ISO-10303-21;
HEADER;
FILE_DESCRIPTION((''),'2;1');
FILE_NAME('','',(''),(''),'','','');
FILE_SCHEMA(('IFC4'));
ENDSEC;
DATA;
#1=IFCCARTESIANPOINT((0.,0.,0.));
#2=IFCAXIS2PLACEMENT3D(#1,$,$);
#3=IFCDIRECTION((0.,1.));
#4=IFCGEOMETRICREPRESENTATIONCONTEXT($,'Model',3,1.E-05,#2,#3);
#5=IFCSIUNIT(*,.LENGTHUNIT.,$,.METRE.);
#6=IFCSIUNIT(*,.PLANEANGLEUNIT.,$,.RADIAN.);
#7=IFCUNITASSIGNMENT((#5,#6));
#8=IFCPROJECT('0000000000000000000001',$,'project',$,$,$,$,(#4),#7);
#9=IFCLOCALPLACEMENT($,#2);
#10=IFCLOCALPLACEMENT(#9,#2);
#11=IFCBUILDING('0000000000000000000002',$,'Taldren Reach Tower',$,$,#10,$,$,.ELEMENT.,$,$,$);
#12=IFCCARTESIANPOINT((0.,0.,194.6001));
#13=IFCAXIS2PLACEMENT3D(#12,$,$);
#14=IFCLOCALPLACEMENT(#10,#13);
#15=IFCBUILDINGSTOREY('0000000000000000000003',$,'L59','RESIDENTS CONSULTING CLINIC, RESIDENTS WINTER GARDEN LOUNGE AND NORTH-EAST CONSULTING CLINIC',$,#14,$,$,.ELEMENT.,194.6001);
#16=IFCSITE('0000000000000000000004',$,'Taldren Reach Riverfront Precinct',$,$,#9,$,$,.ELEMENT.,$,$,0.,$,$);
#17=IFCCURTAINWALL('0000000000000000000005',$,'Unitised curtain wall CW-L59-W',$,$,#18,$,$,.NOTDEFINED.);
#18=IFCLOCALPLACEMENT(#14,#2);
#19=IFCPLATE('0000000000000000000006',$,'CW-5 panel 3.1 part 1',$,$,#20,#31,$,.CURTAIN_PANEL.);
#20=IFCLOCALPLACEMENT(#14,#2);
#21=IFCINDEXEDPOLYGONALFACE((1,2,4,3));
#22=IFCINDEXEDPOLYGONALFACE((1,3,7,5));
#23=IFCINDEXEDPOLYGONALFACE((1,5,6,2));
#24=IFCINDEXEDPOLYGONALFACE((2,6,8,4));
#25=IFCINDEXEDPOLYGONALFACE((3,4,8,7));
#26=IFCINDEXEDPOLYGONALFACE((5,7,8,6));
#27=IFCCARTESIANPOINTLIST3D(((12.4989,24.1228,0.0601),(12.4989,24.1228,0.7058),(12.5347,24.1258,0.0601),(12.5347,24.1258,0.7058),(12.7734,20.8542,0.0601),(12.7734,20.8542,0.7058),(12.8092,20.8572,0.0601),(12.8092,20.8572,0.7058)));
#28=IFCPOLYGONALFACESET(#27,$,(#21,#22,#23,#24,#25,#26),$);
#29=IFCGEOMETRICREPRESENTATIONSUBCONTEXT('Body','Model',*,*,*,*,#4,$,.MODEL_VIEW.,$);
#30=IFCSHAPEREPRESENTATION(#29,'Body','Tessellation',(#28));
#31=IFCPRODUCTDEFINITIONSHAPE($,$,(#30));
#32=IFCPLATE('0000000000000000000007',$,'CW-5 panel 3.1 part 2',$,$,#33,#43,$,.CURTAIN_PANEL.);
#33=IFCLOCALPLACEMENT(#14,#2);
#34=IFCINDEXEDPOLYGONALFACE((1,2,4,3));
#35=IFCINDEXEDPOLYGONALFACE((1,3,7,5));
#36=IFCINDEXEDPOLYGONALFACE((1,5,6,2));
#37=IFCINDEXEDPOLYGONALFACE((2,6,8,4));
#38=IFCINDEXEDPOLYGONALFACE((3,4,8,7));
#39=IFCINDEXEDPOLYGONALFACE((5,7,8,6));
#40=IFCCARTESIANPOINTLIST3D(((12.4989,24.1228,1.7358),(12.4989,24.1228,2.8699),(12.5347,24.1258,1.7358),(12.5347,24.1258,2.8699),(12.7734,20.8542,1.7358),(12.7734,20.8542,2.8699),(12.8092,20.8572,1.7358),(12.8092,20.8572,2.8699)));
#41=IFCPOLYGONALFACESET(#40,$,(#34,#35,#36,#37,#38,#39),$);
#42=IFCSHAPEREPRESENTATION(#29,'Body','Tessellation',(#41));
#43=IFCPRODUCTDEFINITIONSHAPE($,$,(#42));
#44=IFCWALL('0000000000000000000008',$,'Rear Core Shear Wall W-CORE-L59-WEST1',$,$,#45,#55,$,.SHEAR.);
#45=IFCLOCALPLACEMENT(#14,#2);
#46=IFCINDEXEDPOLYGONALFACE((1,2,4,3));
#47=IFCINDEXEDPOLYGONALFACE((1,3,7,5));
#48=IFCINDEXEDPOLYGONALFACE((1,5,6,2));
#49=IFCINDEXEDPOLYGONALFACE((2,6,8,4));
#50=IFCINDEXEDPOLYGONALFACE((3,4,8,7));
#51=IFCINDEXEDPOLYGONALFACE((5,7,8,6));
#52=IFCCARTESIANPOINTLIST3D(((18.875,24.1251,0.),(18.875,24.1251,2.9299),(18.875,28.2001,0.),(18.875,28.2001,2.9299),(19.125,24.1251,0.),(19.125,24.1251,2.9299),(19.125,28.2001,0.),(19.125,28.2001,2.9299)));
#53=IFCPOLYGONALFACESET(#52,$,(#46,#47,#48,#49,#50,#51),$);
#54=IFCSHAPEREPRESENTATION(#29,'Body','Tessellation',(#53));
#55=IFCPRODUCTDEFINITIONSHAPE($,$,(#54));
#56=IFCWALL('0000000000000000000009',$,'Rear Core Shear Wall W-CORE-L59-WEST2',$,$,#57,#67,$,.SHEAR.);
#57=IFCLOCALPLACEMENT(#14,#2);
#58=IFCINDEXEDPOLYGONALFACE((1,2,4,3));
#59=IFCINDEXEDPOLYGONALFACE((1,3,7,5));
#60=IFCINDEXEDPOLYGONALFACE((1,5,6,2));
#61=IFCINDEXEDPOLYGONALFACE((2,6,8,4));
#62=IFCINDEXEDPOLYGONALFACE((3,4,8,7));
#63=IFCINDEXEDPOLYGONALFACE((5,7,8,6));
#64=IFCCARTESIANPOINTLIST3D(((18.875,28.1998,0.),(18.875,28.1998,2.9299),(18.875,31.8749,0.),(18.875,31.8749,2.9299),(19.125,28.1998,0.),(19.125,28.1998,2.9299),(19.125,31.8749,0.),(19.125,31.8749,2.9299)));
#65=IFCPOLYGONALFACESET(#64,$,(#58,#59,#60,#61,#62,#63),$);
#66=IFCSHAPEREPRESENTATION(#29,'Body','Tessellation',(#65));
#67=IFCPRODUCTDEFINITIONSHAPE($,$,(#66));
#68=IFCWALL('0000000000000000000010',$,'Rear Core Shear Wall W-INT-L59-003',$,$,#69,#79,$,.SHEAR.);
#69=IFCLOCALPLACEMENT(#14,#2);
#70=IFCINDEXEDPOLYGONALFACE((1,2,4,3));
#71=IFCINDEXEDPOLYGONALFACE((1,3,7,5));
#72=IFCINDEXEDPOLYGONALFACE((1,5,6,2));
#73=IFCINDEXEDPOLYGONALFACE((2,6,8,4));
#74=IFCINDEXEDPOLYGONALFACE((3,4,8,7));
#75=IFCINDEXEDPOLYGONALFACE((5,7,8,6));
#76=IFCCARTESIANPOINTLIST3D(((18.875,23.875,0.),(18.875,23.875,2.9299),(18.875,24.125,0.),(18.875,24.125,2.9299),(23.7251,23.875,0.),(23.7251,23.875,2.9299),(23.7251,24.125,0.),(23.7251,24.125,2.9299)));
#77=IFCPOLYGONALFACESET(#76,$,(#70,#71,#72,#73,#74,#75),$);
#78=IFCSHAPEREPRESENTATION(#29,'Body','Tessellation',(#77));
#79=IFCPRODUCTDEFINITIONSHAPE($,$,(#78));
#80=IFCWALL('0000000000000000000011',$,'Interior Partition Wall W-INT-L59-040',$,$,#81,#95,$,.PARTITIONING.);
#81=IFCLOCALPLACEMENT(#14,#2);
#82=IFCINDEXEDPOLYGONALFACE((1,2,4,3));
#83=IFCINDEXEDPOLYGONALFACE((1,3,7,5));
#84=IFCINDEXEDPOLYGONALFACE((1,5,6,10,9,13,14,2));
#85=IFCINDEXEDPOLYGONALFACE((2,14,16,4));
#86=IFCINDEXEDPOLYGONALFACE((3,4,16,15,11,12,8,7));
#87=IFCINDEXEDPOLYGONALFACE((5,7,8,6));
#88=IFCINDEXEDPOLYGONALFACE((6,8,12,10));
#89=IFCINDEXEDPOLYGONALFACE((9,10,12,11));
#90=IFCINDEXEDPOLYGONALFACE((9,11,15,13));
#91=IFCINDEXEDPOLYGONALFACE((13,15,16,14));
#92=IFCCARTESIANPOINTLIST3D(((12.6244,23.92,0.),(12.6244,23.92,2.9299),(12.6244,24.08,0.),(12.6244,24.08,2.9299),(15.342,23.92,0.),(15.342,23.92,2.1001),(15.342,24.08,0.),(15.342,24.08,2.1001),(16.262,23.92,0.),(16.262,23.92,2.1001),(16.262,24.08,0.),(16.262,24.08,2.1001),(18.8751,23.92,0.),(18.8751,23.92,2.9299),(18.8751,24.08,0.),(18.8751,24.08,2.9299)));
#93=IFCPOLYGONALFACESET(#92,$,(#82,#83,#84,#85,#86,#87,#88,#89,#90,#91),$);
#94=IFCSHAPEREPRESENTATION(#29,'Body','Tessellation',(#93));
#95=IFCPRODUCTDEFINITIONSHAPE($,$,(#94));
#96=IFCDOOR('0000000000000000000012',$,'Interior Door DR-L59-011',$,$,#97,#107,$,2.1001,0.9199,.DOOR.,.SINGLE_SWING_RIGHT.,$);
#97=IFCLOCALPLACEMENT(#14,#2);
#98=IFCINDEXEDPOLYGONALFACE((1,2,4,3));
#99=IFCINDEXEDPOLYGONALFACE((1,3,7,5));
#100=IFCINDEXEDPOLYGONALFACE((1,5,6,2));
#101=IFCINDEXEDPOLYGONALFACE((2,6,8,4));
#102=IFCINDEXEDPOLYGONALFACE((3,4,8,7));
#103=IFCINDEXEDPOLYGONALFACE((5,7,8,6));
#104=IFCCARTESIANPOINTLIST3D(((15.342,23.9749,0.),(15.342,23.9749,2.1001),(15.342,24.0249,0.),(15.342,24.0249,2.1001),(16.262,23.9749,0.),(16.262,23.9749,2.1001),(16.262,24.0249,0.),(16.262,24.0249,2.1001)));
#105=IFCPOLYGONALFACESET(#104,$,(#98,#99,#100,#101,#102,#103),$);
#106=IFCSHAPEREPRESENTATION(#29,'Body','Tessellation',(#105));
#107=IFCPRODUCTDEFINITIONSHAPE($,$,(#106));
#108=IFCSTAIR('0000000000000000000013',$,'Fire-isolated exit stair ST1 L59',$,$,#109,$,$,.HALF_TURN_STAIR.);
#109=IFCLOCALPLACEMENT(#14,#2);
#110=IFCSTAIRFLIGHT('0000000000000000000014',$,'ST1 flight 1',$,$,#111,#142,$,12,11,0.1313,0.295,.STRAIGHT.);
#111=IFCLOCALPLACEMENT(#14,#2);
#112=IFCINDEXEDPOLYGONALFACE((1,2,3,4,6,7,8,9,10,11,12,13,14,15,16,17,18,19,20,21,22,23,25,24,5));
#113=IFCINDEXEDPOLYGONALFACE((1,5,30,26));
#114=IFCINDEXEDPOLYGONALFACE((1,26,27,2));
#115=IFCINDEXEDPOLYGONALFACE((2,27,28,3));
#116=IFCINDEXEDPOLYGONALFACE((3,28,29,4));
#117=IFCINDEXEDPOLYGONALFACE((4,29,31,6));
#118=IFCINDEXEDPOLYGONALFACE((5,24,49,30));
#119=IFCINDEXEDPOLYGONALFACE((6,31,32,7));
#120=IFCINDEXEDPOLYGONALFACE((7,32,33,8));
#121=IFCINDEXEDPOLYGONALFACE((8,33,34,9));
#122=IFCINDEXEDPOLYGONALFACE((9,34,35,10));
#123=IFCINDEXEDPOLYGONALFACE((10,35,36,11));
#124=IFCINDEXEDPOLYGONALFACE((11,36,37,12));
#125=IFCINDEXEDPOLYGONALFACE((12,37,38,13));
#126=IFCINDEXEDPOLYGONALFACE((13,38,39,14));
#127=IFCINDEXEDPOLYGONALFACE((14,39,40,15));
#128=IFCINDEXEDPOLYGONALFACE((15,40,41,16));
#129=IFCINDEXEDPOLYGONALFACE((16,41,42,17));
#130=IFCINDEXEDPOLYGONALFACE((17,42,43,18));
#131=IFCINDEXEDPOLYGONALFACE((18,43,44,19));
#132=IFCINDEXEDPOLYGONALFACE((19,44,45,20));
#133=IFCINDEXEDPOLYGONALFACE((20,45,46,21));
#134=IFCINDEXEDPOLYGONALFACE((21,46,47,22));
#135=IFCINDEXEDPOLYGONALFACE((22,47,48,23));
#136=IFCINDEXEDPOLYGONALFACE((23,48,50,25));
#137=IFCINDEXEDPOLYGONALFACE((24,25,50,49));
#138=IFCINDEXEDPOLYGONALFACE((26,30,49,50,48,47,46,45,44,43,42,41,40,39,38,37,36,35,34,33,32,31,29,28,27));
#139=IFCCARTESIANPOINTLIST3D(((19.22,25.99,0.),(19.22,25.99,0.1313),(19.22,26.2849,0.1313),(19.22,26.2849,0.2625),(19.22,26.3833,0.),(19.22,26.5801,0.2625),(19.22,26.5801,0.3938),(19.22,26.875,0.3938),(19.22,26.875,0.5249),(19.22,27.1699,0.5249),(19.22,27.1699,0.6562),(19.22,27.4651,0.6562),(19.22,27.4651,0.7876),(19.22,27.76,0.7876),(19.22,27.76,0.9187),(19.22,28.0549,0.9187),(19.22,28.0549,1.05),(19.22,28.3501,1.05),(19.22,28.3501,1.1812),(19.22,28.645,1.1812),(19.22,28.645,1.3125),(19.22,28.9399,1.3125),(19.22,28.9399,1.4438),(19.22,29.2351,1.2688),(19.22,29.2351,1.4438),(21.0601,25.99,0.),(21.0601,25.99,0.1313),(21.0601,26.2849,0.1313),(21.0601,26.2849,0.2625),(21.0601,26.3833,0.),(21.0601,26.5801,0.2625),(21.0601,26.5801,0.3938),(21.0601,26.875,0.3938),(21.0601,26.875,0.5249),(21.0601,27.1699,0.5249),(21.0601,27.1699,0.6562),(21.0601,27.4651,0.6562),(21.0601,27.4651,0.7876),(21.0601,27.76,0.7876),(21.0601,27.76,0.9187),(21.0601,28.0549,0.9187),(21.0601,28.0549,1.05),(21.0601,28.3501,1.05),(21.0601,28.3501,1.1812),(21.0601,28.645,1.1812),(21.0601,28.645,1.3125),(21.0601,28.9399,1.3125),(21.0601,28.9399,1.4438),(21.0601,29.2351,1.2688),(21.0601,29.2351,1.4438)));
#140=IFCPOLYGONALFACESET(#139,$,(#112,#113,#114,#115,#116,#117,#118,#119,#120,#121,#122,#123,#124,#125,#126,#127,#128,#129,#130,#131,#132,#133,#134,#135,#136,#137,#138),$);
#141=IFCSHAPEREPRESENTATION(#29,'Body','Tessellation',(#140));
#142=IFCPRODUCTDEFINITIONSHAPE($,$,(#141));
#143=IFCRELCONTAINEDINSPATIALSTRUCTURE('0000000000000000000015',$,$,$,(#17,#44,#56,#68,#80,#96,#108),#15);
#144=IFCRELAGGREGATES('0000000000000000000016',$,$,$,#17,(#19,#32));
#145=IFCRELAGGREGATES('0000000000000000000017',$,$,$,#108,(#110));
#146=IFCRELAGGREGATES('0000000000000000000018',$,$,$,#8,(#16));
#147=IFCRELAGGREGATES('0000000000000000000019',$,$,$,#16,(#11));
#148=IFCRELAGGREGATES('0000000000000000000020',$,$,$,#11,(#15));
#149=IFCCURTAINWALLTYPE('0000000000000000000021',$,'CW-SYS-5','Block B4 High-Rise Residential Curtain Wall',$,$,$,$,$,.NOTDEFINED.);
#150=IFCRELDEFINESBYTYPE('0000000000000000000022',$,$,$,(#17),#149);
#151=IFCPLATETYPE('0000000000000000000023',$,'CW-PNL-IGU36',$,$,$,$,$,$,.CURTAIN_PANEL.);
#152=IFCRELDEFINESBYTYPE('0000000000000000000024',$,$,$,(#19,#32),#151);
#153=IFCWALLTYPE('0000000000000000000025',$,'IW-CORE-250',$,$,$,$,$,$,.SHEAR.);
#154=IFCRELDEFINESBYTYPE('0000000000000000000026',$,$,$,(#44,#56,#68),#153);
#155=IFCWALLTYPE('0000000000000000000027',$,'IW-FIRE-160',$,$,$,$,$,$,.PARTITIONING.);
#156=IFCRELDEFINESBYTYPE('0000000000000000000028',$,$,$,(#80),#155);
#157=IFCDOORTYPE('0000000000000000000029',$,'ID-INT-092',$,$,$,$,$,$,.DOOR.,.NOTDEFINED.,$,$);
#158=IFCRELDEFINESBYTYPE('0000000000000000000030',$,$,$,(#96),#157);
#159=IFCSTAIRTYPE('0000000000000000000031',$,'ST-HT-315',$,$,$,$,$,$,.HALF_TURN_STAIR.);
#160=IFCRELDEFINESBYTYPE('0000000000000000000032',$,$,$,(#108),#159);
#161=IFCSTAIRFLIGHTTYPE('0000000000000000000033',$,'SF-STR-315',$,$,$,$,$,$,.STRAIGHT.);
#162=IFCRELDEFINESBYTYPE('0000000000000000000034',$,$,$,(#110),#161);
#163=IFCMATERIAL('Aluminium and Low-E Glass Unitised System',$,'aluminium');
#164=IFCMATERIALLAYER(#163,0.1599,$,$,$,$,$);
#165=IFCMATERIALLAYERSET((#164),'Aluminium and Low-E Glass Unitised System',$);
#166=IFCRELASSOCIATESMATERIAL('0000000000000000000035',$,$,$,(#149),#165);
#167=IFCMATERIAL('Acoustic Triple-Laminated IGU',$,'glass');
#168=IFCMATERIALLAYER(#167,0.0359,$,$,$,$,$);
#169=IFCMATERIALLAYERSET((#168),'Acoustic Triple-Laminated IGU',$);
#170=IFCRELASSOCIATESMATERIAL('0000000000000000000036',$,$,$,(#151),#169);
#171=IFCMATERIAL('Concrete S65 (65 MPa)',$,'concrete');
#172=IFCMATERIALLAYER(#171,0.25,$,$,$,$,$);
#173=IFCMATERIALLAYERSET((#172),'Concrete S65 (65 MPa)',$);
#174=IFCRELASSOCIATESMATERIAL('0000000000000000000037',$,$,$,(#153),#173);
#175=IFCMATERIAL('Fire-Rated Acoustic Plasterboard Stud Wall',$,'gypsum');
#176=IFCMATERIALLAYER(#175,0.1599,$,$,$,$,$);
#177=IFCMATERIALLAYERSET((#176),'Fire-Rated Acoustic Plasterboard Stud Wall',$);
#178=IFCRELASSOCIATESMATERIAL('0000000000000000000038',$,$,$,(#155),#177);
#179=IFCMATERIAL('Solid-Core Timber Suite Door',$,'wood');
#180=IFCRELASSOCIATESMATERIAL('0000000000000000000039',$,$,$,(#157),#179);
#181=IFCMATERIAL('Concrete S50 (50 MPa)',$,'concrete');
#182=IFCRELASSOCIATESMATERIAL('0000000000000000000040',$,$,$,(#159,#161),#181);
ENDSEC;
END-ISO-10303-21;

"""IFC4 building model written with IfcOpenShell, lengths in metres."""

from ifc_helpers import new_model, si_unit, direction, frame, frame_2d, origin, origin_2d, place, context, subcontext, project, spatial, polyline, rectangle, outline, extrude, source, transform, mapped, material, layer, layer_set, type_object, element, fill, aggregate, save


model = new_model("IFC4")

# Units and contexts
model_context = context("Model", 3, precision=1e-05, world=origin(), true_north=direction((0.0, 1.0)))
body_context = subcontext(model_context, "Body", "Model", "MODEL_VIEW")
ifc_project = project(units=[si_unit("LENGTHUNIT", "METRE"), si_unit("PLANEANGLEUNIT", "RADIAN")], contexts=[model_context])

# Site, building, storey
site_placement = place(None, origin())
site = spatial("IfcSite", under=ifc_project, at=site_placement, Name="Taldren Reach Riverfront Precinct", CompositionType="ELEMENT", RefElevation=0.0)
building_placement = place(site_placement, origin())
building = spatial("IfcBuilding", under=site, at=building_placement, Name="Taldren Reach Tower", CompositionType="ELEMENT")
storey_placement = place(building_placement, frame((0.0, 0.0, 194.6001)))
storey = spatial("IfcBuildingStorey", under=building, at=storey_placement, Name="L59", Description="RESIDENTS CONSULTING CLINIC, RESIDENTS WINTER GARDEN LOUNGE AND NORTH-EAST CONSULTING CLINIC", CompositionType="ELEMENT", Elevation=194.6001)

# Curtain wall
ifc_material_1 = material(Name="Aluminium and Low-E Glass Unitised System", Category="aluminium")
ifc_layer_1 = layer(ifc_material_1, 0.1599)
ifc_layer_set_1 = layer_set([ifc_layer_1], Name="Aluminium and Low-E Glass Unitised System")
curtain_wall_type = type_object("IfcCurtainWallType", Name="CW-SYS-5", Description="Block B4 High-Rise Residential Curtain Wall", PredefinedType="NOTDEFINED", material=ifc_layer_set_1)
curtain_wall_placement = place(storey_placement, origin())
curtain_wall = element("IfcCurtainWall", 1, at=curtain_wall_placement, inside=storey, type_object=curtain_wall_type, Name="Unitised curtain wall CW-L59-W", PredefinedType="NOTDEFINED")

# Plates
ifc_material_2 = material(Name="Acoustic Triple-Laminated IGU", Category="glass")
ifc_layer_2 = layer(ifc_material_2, 0.0359)
ifc_layer_set_2 = layer_set([ifc_layer_2], Name="Acoustic Triple-Laminated IGU")
plate_type_1 = type_object("IfcPlateType", Name="CW-PNL-IGU36", PredefinedType="CURTAIN_PANEL", material=ifc_layer_set_2)
shared_shape_1 = source(origin(), body_context, "Body", "SweptSolid", [
    extrude(rectangle(XDim=3.28, YDim=0.0359, at=origin_2d()), origin(), (0.0, 0.0, 1.0), 0.6458),
])
plate_1_placement = place(storey_placement, frame((12.6541, 22.49, 0.0601), z_axis=(0.0, 0.0, 1.0), x_axis=(0.083678, -0.996493, 0.0)))
plate_1 = element("IfcPlate", 2, at=plate_1_placement, type_object=plate_type_1, Name="CW-5 panel 3.1 part 1", PredefinedType="CURTAIN_PANEL", context=body_context, shape_type="MappedRepresentation", body=[
    mapped(shared_shape_1, transform((0.0, 0.0, 0.0), scale=1.0)),
])
shared_shape_2 = source(origin(), body_context, "Body", "SweptSolid", [
    extrude(rectangle(XDim=3.28, YDim=0.0359, at=origin_2d()), origin(), (0.0, 0.0, 1.0), 1.134),
])
plate_2_placement = place(storey_placement, frame((12.6541, 22.49, 1.7358), z_axis=(0.0, 0.0, 1.0), x_axis=(0.083678, -0.996493, 0.0)))
plate_2 = element("IfcPlate", 3, at=plate_2_placement, type_object=plate_type_1, Name="CW-5 panel 3.1 part 2", PredefinedType="CURTAIN_PANEL", context=body_context, shape_type="MappedRepresentation", body=[
    mapped(shared_shape_2, transform((0.0, 0.0, 0.0), scale=1.0)),
])
aggregate(curtain_wall, [plate_1, plate_2])

# Walls
ifc_material_3 = material(Name="Concrete S65 (65 MPa)", Category="concrete")
ifc_layer_3 = layer(ifc_material_3, 0.25)
ifc_layer_set_3 = layer_set([ifc_layer_3], Name="Concrete S65 (65 MPa)")
wall_type_1 = type_object("IfcWallType", Name="IW-CORE-250", PredefinedType="SHEAR", material=ifc_layer_set_3)
shared_shape_3 = source(origin(), body_context, "Body", "SweptSolid", [
    extrude(rectangle(XDim=4.075, YDim=0.25, at=frame_2d((2.0376, 0.0))), origin(), (0.0, 0.0, 1.0), 2.9299),
])
wall_1_placement = place(storey_placement, frame((19.0, 24.125, 0.0), z_axis=(0.0, 0.0, 1.0), x_axis=(0.0, 1.0, 0.0)))
element("IfcWall", 4, at=wall_1_placement, inside=storey, type_object=wall_type_1, Name="Rear Core Shear Wall W-CORE-L59-WEST1", PredefinedType="SHEAR", context=body_context, shape_type="MappedRepresentation", body=[
    mapped(shared_shape_3, transform((0.0, 0.0, 0.0), scale=1.0)),
])
shared_shape_4 = source(origin(), body_context, "Body", "SweptSolid", [
    extrude(rectangle(XDim=3.675, YDim=0.25, at=frame_2d((1.8374, 0.0))), origin(), (0.0, 0.0, 1.0), 2.9299),
])
wall_2_placement = place(storey_placement, frame((19.0, 28.2, 0.0), z_axis=(0.0, 0.0, 1.0), x_axis=(0.0, 1.0, 0.0)))
element("IfcWall", 5, at=wall_2_placement, inside=storey, type_object=wall_type_1, Name="Rear Core Shear Wall W-CORE-L59-WEST2", PredefinedType="SHEAR", context=body_context, shape_type="MappedRepresentation", body=[
    mapped(shared_shape_4, transform((0.0, 0.0, 0.0), scale=1.0)),
])
shared_shape_5 = source(origin(), body_context, "Body", "SweptSolid", [
    extrude(rectangle(XDim=4.8501, YDim=0.25, at=frame_2d((2.425, 0.0))), origin(), (0.0, 0.0, 1.0), 2.9299),
])
wall_3_placement = place(storey_placement, frame((18.875, 24.0, 0.0), z_axis=(0.0, 0.0, 1.0), x_axis=(1.0, 0.0, 0.0)))
element("IfcWall", 6, at=wall_3_placement, inside=storey, type_object=wall_type_1, Name="Rear Core Shear Wall W-INT-L59-003", PredefinedType="SHEAR", context=body_context, shape_type="MappedRepresentation", body=[
    mapped(shared_shape_5, transform((0.0, 0.0, 0.0), scale=1.0)),
])

# Wall, opening, door
ifc_material_4 = material(Name="Fire-Rated Acoustic Plasterboard Stud Wall", Category="gypsum")
ifc_layer_4 = layer(ifc_material_4, 0.1599)
ifc_layer_set_4 = layer_set([ifc_layer_4], Name="Fire-Rated Acoustic Plasterboard Stud Wall")
wall_type_2 = type_object("IfcWallType", Name="IW-FIRE-160", PredefinedType="PARTITIONING", material=ifc_layer_set_4)
shared_shape_6 = source(origin(), body_context, "Body", "SweptSolid", [
    extrude(rectangle(XDim=6.2507, YDim=0.1599, at=frame_2d((3.1255, 0.0))), origin(), (0.0, 0.0, 1.0), 2.9299),
])
wall_4_placement = place(storey_placement, frame((12.6243, 24.0, 0.0), z_axis=(0.0, 0.0, 1.0), x_axis=(1.0, 0.0, 0.0)))
wall_4 = element("IfcWall", 7, at=wall_4_placement, inside=storey, type_object=wall_type_2, Name="Interior Partition Wall W-INT-L59-040", PredefinedType="PARTITIONING", context=body_context, shape_type="MappedRepresentation", body=[
    mapped(shared_shape_6, transform((0.0, 0.0, 0.0), scale=1.0)),
])
shared_shape_7 = source(origin(), body_context, "Body", "SweptSolid", [
    extrude(rectangle(XDim=0.9199, YDim=2.1001, at=frame_2d((0.46, 1.05))), frame((0.0, 0.0898, 0.0), z_axis=(0.0, -1.0, 0.0), x_axis=(1.0, 0.0, 0.0)), (0.0, 0.0, 1.0), 0.1799),
])
opening_placement = place(wall_4_placement, frame((2.7178, 0.0, 0.0)))
opening = element("IfcOpeningElement", 8, at=opening_placement, cuts=wall_4, PredefinedType="OPENING", context=body_context, shape_type="MappedRepresentation", body=[
    mapped(shared_shape_7, transform((0.0, 0.0, 0.0), scale=1.0)),
])
ifc_material_5 = material(Name="Solid-Core Timber Suite Door", Category="wood")
door_type = type_object("IfcDoorType", Name="ID-INT-092", OperationType="NOTDEFINED", PredefinedType="DOOR", material=ifc_material_5)
shared_shape_8 = source(origin(), body_context, "Body", "SweptSolid", [
    extrude(rectangle(XDim=0.9199, YDim=2.1001, at=frame_2d((0.46, 1.05))), frame((0.0, 0.0249, 0.0), z_axis=(0.0, -1.0, 0.0), x_axis=(1.0, 0.0, 0.0)), (0.0, 0.0, 1.0), 0.05),
])
door_placement = place(opening_placement, origin())
door = element("IfcDoor", 9, at=door_placement, inside=storey, type_object=door_type, Name="Interior Door DR-L59-011", OperationType="SINGLE_SWING_RIGHT", OverallHeight=2.1001, OverallWidth=0.9199, PredefinedType="DOOR", context=body_context, shape_type="MappedRepresentation", body=[
    mapped(shared_shape_8, transform((0.0, 0.0, 0.0), scale=1.0)),
])
fill(opening, door)

# Stair, stair flight
ifc_material_6 = material(Name="Concrete S50 (50 MPa)", Category="concrete")
stair_type = type_object("IfcStairType", Name="ST-HT-315", PredefinedType="HALF_TURN_STAIR", material=ifc_material_6)
stair_placement = place(storey_placement, origin())
stair = element("IfcStair", 10, at=stair_placement, inside=storey, type_object=stair_type, Name="Fire-isolated exit stair ST1 L59", PredefinedType="HALF_TURN_STAIR")
stair_flight_type = type_object("IfcStairFlightType", Name="SF-STR-315", PredefinedType="STRAIGHT", material=ifc_material_6)
stair_flight_1_placement = place(storey_placement, frame((20.1399, 25.99, 0.0), z_axis=(0.0, 0.0, 1.0), x_axis=(0.0, 1.0, 0.0)))
stair_flight_1 = element("IfcStairFlight", 11, at=stair_flight_1_placement, type_object=stair_flight_type, Name="ST1 flight 1", NumberOfRisers=12, NumberOfTreads=11, PredefinedType="STRAIGHT", RiserHeight=0.1313, TreadLength=0.295, context=body_context, shape_type="SweptSolid", body=[
    extrude(outline(polyline([(0.0, 0.0), (0.0, 0.1313), (0.2949, 0.1313), (0.2949, 0.2625), (0.5901, 0.2625), (0.5901, 0.3938), (0.885, 0.3938), (0.885, 0.5249), (1.1799, 0.5249), (1.1799, 0.6562), (1.4751, 0.6562), (1.4751, 0.7876), (1.77, 0.7876), (1.77, 0.9187), (2.0649, 0.9187), (2.0649, 1.05), (2.3601, 1.05), (2.3601, 1.1812), (2.655, 1.1812), (2.655, 1.3125), (2.95, 1.3125), (2.95, 1.4438), (3.2451, 1.4438), (3.2451, 1.575), (3.2451, 1.2688), (0.3933, 0.0), (0.0, 0.0)])), frame((0.0, 0.9199, 0.0), z_axis=(0.0, -1.0, 0.0), x_axis=(1.0, 0.0, 0.0)), (0.0, 0.0, 1.0), 1.8401),
])
aggregate(stair, [stair_flight_1])

save(model, "model.ifc")
